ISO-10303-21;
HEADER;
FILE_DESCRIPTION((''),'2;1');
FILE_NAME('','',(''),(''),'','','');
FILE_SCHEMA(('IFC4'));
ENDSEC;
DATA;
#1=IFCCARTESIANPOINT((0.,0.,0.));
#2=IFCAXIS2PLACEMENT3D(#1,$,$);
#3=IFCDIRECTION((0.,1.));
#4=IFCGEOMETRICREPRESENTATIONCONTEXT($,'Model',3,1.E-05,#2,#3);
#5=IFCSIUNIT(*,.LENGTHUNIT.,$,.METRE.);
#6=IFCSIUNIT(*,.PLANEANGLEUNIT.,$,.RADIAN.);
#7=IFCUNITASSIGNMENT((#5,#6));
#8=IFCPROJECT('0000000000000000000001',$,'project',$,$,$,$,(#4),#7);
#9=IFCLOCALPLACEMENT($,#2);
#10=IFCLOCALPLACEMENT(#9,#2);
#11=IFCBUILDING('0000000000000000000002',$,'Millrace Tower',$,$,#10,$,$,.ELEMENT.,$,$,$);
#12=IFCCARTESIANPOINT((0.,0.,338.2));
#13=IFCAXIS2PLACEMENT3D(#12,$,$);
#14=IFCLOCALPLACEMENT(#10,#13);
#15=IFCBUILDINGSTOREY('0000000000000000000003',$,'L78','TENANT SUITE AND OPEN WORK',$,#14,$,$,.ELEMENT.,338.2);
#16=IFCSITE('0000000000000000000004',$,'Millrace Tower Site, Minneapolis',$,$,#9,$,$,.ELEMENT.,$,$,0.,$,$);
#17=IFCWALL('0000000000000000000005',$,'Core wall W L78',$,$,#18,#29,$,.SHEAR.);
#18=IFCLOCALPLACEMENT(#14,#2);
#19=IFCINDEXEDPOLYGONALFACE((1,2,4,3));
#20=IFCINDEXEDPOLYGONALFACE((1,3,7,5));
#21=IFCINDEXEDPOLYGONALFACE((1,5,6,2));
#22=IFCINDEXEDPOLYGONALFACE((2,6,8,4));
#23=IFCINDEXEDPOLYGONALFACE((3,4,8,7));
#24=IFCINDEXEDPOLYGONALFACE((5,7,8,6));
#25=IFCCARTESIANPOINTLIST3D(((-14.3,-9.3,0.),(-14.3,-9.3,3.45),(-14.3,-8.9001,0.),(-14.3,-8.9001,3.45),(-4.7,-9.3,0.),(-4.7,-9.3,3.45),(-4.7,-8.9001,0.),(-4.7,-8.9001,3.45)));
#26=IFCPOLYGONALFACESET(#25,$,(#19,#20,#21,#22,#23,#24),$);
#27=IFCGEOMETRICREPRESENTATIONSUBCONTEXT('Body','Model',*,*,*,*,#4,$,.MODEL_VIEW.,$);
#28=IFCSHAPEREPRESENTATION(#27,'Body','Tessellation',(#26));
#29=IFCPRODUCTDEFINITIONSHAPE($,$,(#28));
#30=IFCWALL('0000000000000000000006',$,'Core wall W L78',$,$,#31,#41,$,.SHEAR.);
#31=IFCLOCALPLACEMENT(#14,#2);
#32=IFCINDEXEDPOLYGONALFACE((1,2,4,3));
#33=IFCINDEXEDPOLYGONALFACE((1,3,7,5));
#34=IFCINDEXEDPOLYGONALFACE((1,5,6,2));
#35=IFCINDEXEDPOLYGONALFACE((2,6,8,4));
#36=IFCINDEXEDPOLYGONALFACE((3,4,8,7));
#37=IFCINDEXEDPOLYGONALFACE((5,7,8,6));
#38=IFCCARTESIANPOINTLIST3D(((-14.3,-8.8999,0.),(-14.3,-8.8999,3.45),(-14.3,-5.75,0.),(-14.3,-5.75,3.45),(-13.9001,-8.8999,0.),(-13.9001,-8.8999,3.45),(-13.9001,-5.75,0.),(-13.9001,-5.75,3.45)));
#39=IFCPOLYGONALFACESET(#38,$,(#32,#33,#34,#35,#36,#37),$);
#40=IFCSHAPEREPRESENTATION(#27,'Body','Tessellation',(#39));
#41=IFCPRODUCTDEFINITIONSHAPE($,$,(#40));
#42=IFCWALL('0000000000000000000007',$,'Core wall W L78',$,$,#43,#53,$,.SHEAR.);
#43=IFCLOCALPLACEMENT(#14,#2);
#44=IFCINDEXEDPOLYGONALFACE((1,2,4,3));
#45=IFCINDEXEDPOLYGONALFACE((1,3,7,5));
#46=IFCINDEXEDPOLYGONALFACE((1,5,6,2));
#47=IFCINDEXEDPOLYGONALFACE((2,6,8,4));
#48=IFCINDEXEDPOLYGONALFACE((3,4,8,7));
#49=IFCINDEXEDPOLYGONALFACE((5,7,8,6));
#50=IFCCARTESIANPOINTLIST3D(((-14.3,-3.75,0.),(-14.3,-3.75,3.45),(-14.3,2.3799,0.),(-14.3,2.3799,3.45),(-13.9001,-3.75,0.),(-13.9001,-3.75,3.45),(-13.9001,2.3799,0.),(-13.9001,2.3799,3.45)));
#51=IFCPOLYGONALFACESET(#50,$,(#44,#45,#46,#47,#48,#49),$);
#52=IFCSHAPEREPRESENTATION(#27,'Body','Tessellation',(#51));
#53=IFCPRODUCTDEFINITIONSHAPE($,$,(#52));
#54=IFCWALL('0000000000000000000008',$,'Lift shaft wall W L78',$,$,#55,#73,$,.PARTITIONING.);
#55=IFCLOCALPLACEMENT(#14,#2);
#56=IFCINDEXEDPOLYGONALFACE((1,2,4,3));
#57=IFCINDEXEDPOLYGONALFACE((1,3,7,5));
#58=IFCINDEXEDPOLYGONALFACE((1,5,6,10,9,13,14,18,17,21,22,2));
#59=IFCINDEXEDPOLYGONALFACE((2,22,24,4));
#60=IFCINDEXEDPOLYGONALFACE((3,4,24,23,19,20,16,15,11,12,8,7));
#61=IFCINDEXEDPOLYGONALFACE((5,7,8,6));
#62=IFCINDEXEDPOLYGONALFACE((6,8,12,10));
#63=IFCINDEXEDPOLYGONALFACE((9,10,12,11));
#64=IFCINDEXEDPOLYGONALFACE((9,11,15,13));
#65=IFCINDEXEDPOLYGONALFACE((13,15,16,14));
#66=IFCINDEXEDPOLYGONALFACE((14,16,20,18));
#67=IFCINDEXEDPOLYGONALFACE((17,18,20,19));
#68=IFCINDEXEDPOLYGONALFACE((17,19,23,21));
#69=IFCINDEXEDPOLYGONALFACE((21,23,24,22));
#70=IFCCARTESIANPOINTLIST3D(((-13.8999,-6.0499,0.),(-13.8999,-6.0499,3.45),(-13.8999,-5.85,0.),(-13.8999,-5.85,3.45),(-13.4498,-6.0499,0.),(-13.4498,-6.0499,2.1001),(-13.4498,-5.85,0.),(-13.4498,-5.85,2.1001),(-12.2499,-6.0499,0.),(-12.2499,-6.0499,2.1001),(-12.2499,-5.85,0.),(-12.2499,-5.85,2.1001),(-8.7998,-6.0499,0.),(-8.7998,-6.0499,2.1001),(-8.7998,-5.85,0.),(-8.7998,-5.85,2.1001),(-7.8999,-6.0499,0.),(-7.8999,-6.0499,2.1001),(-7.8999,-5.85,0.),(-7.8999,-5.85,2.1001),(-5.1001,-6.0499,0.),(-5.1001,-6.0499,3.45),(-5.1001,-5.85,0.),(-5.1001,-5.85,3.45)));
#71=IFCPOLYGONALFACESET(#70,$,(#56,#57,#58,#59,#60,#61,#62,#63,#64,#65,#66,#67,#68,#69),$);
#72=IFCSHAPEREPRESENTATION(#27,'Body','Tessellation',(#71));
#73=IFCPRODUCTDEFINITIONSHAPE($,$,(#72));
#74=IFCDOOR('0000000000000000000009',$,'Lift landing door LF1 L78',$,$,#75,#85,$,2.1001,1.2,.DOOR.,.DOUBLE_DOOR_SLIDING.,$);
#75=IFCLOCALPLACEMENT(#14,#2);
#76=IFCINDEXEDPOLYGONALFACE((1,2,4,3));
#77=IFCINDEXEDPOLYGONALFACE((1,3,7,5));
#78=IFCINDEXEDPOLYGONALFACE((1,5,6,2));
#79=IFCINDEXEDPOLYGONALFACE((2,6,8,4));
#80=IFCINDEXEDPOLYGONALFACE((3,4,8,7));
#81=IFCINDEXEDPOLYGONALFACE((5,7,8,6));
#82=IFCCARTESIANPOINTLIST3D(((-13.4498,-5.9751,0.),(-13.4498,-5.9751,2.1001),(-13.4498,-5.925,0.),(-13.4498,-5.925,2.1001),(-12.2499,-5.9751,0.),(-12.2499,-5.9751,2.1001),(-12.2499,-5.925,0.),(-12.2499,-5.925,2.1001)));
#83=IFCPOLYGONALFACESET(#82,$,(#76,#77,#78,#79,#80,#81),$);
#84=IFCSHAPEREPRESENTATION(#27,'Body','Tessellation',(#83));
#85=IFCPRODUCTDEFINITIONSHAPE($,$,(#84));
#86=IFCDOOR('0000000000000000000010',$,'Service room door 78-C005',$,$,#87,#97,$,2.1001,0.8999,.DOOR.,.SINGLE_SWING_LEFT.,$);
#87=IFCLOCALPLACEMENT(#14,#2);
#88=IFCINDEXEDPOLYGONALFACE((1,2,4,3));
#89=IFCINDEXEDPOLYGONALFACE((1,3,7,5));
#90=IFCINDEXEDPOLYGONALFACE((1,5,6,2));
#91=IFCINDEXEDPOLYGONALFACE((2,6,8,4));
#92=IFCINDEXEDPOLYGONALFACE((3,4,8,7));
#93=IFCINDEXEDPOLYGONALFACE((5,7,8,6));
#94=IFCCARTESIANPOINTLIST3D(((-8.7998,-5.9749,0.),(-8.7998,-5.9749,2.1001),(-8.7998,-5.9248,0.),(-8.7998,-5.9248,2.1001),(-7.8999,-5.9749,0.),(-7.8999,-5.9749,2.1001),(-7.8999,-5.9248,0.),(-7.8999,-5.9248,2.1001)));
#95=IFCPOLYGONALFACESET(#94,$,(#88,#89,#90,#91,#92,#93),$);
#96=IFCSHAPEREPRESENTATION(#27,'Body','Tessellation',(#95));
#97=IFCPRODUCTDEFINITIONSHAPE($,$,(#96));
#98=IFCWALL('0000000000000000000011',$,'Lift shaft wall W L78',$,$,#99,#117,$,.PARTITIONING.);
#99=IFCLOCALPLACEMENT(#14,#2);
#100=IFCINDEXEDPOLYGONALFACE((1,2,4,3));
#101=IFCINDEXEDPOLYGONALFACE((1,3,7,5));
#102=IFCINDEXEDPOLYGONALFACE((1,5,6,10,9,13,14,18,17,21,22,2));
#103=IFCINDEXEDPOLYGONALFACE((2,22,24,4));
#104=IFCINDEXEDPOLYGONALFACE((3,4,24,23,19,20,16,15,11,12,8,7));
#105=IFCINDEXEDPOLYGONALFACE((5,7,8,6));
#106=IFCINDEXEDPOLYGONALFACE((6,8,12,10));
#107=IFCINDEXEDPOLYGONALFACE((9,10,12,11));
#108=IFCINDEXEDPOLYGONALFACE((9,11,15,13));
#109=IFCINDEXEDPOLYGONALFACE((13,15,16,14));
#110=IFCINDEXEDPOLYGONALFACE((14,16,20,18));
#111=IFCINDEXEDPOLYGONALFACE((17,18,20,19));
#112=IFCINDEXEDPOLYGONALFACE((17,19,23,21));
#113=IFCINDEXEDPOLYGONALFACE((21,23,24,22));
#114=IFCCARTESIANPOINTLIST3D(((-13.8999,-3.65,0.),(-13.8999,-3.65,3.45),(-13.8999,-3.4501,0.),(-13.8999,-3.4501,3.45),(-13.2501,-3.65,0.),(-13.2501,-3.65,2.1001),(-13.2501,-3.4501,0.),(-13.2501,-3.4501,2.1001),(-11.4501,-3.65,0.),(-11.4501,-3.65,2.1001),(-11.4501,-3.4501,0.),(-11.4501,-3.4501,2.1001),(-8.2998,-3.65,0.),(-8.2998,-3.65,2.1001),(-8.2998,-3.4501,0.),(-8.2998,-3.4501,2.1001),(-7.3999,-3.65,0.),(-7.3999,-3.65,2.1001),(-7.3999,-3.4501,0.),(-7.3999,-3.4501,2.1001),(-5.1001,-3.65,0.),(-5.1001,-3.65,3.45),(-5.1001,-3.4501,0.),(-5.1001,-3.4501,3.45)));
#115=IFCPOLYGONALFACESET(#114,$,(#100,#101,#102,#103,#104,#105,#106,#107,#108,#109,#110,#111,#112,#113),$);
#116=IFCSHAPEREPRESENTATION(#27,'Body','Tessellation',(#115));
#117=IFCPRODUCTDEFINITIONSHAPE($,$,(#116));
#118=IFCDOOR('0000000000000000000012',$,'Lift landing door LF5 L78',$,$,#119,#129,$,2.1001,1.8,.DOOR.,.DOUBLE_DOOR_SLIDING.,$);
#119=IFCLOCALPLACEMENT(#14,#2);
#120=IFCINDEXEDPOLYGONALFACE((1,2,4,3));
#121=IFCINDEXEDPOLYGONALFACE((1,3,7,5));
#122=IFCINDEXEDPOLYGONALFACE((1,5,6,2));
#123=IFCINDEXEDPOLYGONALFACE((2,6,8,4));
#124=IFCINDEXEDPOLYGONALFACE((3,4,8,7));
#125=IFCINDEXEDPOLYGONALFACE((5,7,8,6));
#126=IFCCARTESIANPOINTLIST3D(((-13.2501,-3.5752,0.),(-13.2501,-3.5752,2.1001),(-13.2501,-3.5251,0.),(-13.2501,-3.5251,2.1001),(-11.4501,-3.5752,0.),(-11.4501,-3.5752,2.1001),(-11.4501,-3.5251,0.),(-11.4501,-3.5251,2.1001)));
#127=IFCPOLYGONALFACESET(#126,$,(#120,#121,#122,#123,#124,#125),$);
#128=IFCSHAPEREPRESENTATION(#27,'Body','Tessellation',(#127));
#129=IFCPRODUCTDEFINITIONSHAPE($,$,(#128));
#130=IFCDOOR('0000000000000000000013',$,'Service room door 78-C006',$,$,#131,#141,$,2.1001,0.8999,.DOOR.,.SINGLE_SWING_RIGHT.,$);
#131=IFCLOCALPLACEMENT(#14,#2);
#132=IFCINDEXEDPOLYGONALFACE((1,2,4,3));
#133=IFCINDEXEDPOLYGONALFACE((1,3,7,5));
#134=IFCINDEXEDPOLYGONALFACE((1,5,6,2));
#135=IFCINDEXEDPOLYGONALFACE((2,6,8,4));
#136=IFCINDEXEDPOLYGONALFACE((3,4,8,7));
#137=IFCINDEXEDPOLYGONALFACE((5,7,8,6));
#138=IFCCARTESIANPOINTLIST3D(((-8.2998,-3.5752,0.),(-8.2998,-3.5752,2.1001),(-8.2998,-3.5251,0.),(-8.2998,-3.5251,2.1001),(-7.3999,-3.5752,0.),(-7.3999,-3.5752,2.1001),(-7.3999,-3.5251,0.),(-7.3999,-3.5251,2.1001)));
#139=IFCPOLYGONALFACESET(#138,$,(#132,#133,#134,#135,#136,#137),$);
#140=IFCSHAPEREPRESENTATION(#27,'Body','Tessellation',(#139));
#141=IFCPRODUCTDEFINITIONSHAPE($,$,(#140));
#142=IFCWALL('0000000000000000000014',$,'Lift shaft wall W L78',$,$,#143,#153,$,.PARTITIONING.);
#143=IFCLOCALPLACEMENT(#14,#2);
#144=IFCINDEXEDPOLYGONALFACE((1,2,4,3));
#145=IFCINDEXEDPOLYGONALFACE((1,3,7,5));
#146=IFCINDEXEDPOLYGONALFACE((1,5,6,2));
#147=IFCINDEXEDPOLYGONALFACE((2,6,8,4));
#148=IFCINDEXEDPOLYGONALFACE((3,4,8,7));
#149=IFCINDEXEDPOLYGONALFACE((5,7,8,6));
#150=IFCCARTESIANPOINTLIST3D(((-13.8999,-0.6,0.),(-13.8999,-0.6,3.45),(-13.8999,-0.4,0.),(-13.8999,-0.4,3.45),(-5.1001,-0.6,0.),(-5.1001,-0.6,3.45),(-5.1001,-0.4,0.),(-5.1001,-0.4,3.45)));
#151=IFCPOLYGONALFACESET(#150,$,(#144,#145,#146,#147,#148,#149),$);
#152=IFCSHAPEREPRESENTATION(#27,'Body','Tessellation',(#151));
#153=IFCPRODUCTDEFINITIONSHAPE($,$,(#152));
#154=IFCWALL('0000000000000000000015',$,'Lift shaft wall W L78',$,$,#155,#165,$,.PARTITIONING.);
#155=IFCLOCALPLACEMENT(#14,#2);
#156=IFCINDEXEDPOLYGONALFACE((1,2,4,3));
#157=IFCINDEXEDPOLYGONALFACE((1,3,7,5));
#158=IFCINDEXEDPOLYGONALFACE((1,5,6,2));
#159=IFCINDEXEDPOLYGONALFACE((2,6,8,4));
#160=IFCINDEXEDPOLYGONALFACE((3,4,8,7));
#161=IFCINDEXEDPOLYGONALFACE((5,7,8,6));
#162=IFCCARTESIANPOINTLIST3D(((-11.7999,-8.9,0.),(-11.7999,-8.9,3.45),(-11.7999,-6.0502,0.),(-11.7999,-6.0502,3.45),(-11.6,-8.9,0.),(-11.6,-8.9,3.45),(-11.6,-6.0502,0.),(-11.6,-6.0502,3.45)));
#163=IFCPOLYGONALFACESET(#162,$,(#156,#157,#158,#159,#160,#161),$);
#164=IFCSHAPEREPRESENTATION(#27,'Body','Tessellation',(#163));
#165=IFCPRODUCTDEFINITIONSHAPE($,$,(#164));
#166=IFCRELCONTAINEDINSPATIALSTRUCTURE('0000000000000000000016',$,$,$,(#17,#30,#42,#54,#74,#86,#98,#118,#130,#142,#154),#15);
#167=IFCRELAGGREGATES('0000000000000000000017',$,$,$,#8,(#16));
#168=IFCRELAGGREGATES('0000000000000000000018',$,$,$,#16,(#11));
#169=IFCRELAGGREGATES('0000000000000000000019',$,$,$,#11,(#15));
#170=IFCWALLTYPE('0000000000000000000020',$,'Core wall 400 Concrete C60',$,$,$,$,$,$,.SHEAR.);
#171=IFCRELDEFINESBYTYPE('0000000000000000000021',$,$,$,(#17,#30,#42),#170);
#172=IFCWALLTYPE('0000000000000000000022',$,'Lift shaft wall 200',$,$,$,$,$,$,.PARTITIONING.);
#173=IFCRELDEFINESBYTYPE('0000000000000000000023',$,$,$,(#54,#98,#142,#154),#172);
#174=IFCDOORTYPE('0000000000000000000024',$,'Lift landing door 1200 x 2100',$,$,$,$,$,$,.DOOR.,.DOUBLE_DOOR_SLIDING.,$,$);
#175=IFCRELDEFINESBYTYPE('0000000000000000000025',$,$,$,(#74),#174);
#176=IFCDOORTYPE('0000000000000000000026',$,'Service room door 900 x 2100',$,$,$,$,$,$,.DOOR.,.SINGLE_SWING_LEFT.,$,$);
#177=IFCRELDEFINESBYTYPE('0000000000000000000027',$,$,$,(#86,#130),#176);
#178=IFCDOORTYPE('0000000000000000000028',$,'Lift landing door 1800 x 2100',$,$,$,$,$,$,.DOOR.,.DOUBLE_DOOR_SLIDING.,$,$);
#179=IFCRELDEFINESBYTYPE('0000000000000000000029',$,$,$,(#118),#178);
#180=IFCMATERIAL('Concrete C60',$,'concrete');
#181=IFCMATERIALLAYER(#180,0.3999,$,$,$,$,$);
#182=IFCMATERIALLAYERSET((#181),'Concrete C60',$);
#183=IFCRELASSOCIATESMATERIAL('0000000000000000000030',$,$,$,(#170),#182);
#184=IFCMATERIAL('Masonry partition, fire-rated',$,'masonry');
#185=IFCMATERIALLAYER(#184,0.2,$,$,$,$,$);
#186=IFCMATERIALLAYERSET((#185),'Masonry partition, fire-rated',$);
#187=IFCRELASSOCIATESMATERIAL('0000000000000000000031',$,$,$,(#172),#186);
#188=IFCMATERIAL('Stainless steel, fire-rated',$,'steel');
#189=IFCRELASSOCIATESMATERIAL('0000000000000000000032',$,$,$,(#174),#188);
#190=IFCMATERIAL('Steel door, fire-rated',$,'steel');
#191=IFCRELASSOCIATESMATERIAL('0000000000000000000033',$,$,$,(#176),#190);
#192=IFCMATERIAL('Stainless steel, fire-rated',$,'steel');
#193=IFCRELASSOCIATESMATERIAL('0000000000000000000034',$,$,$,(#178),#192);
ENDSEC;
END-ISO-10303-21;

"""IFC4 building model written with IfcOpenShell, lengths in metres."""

from ifc_helpers import new_model, si_unit, direction, frame, frame_2d, origin, place, context, subcontext, project, spatial, rectangle, extrude, material, layer, layer_set, type_object, element, fill, save


model = new_model("IFC4")

# Units and contexts
model_context = context("Model", 3, precision=1e-05, world=origin(), true_north=direction((0.0, 1.0)))
body_context = subcontext(model_context, "Body", "Model", "MODEL_VIEW")
ifc_project = project(units=[si_unit("LENGTHUNIT", "METRE"), si_unit("PLANEANGLEUNIT", "RADIAN")], contexts=[model_context])

# Site, building, storey
site_placement = place(None, origin())
site = spatial("IfcSite", under=ifc_project, at=site_placement, Name="Millrace Tower Site, Minneapolis", CompositionType="ELEMENT", RefElevation=0.0)
building_placement = place(site_placement, origin())
building = spatial("IfcBuilding", under=site, at=building_placement, Name="Millrace Tower", CompositionType="ELEMENT")
storey_placement = place(building_placement, frame((0.0, 0.0, 338.2)))
storey = spatial("IfcBuildingStorey", under=building, at=storey_placement, Name="L78", Description="TENANT SUITE AND OPEN WORK", CompositionType="ELEMENT", Elevation=338.2)

# Walls
ifc_material_1 = material(Name="Concrete C60", Category="concrete")
ifc_layer_1 = layer(ifc_material_1, 0.3999)
ifc_layer_set_1 = layer_set([ifc_layer_1], Name="Concrete C60")
wall_type_1 = type_object("IfcWallType", Name="Core wall 400 Concrete C60", PredefinedType="SHEAR", material=ifc_layer_set_1)
wall_1_placement = place(storey_placement, frame((-14.3, -9.1001, 0.0), z_axis=(0.0, 0.0, 1.0), x_axis=(1.0, 0.0, 0.0)))
element("IfcWall", 1, at=wall_1_placement, inside=storey, type_object=wall_type_1, Name="Core wall W L78", PredefinedType="SHEAR", context=body_context, shape_type="SweptSolid", body=[
    extrude(rectangle(XDim=9.6001, YDim=0.3999, at=frame_2d((4.8, 0.0))), origin(), (0.0, 0.0, 1.0), 3.45),
])
wall_2_placement = place(storey_placement, frame((-14.1001, -8.8999, 0.0), z_axis=(0.0, 0.0, 1.0), x_axis=(0.0, 1.0, 0.0)))
element("IfcWall", 2, at=wall_2_placement, inside=storey, type_object=wall_type_1, Name="Core wall W L78", PredefinedType="SHEAR", context=body_context, shape_type="SweptSolid", body=[
    extrude(rectangle(XDim=3.1499, YDim=0.3999, at=frame_2d((1.575, 0.0))), origin(), (0.0, 0.0, 1.0), 3.45),
])
wall_3_placement = place(storey_placement, frame((-14.1001, -3.75, 0.0), z_axis=(0.0, 0.0, 1.0), x_axis=(0.0, 1.0, 0.0)))
element("IfcWall", 3, at=wall_3_placement, inside=storey, type_object=wall_type_1, Name="Core wall W L78", PredefinedType="SHEAR", context=body_context, shape_type="SweptSolid", body=[
    extrude(rectangle(XDim=6.1299, YDim=0.3999, at=frame_2d((3.0649, 0.0))), origin(), (0.0, 0.0, 1.0), 3.45),
])

# Walls, openings, doors
ifc_material_2 = material(Name="Masonry partition, fire-rated", Category="masonry")
ifc_layer_2 = layer(ifc_material_2, 0.2)
ifc_layer_set_2 = layer_set([ifc_layer_2], Name="Masonry partition, fire-rated")
wall_type_2 = type_object("IfcWallType", Name="Lift shaft wall 200", PredefinedType="PARTITIONING", material=ifc_layer_set_2)
wall_4_placement = place(storey_placement, frame((-13.8999, -5.95, 0.0), z_axis=(0.0, 0.0, 1.0), x_axis=(1.0, 0.0, 0.0)))
wall_4 = element("IfcWall", 4, at=wall_4_placement, inside=storey, type_object=wall_type_2, Name="Lift shaft wall W L78", PredefinedType="PARTITIONING", context=body_context, shape_type="SweptSolid", body=[
    extrude(rectangle(XDim=8.7998, YDim=0.2, at=frame_2d((4.3999, 0.0))), origin(), (0.0, 0.0, 1.0), 3.45),
])
opening_1_placement = place(wall_4_placement, frame((0.45, 0.0, 0.0)))
opening_1 = element("IfcOpeningElement", 5, at=opening_1_placement, cuts=wall_4, PredefinedType="OPENING", context=body_context, shape_type="SweptSolid", body=[
    extrude(rectangle(XDim=1.2, YDim=2.1001, at=frame_2d((0.6001, 1.05))), frame((0.0, 0.1099, 0.0), z_axis=(0.0, -1.0, 0.0), x_axis=(1.0, 0.0, 0.0)), (0.0, 0.0, 1.0), 0.22),
])
opening_2_placement = place(wall_4_placement, frame((5.1001, 0.0, 0.0)))
opening_2 = element("IfcOpeningElement", 6, at=opening_2_placement, cuts=wall_4, PredefinedType="OPENING", context=body_context, shape_type="SweptSolid", body=[
    extrude(rectangle(XDim=0.8999, YDim=2.1001, at=frame_2d((0.45, 1.05))), frame((0.0, 0.1099, 0.0), z_axis=(0.0, -1.0, 0.0), x_axis=(1.0, 0.0, 0.0)), (0.0, 0.0, 1.0), 0.22),
])
ifc_material_3 = material(Name="Stainless steel, fire-rated", Category="steel")
door_type_1 = type_object("IfcDoorType", Name="Lift landing door 1200 x 2100", OperationType="DOUBLE_DOOR_SLIDING", PredefinedType="DOOR", material=ifc_material_3)
door_1_placement = place(opening_1_placement, origin())
door_1 = element("IfcDoor", 7, at=door_1_placement, inside=storey, type_object=door_type_1, Name="Lift landing door LF1 L78", OperationType="DOUBLE_DOOR_SLIDING", OverallHeight=2.1001, OverallWidth=1.2, PredefinedType="DOOR", context=body_context, shape_type="SweptSolid", body=[
    extrude(rectangle(XDim=1.2, YDim=2.1001, at=frame_2d((0.6001, 1.05))), frame((0.0, 0.0249, 0.0), z_axis=(0.0, -1.0, 0.0), x_axis=(1.0, 0.0, 0.0)), (0.0, 0.0, 1.0), 0.05),
])
fill(opening_1, door_1)
ifc_material_4 = material(Name="Steel door, fire-rated", Category="steel")
door_type_2 = type_object("IfcDoorType", Name="Service room door 900 x 2100", OperationType="SINGLE_SWING_LEFT", PredefinedType="DOOR", material=ifc_material_4)
door_2_placement = place(opening_2_placement, frame((0.8999, 0.0, 0.0), z_axis=(0.0, 0.0, 1.0), x_axis=(-1.0, 0.0, 0.0)))
door_2 = element("IfcDoor", 8, at=door_2_placement, inside=storey, type_object=door_type_2, Name="Service room door 78-C005", OperationType="SINGLE_SWING_LEFT", OverallHeight=2.1001, OverallWidth=0.8999, PredefinedType="DOOR", context=body_context, shape_type="SweptSolid", body=[
    extrude(rectangle(XDim=0.8999, YDim=2.1001, at=frame_2d((0.45, 1.05))), frame((0.0, 0.0249, 0.0), z_axis=(0.0, -1.0, 0.0), x_axis=(1.0, 0.0, 0.0)), (0.0, 0.0, 1.0), 0.05),
])
fill(opening_2, door_2)
wall_5_placement = place(storey_placement, frame((-13.8999, -3.55, 0.0), z_axis=(0.0, 0.0, 1.0), x_axis=(1.0, 0.0, 0.0)))
wall_5 = element("IfcWall", 9, at=wall_5_placement, inside=storey, type_object=wall_type_2, Name="Lift shaft wall W L78", PredefinedType="PARTITIONING", context=body_context, shape_type="SweptSolid", body=[
    extrude(rectangle(XDim=8.7998, YDim=0.2, at=frame_2d((4.3999, 0.0))), origin(), (0.0, 0.0, 1.0), 3.45),
])
opening_3_placement = place(wall_5_placement, frame((0.6499, 0.0, 0.0)))
opening_3 = element("IfcOpeningElement", 10, at=opening_3_placement, cuts=wall_5, PredefinedType="OPENING", context=body_context, shape_type="SweptSolid", body=[
    extrude(rectangle(XDim=1.8, YDim=2.1001, at=frame_2d((0.8999, 1.05))), frame((0.0, 0.1099, 0.0), z_axis=(0.0, -1.0, 0.0), x_axis=(1.0, 0.0, 0.0)), (0.0, 0.0, 1.0), 0.22),
])
opening_4_placement = place(wall_5_placement, frame((5.6001, 0.0, 0.0)))
opening_4 = element("IfcOpeningElement", 11, at=opening_4_placement, cuts=wall_5, PredefinedType="OPENING", context=body_context, shape_type="SweptSolid", body=[
    extrude(rectangle(XDim=0.8999, YDim=2.1001, at=frame_2d((0.45, 1.05))), frame((0.0, 0.1099, 0.0), z_axis=(0.0, -1.0, 0.0), x_axis=(1.0, 0.0, 0.0)), (0.0, 0.0, 1.0), 0.22),
])
ifc_material_5 = material(Name="Stainless steel, fire-rated", Category="steel")
door_type_3 = type_object("IfcDoorType", Name="Lift landing door 1800 x 2100", OperationType="DOUBLE_DOOR_SLIDING", PredefinedType="DOOR", material=ifc_material_5)
door_3_placement = place(opening_3_placement, origin())
door_3 = element("IfcDoor", 12, at=door_3_placement, inside=storey, type_object=door_type_3, Name="Lift landing door LF5 L78", OperationType="DOUBLE_DOOR_SLIDING", OverallHeight=2.1001, OverallWidth=1.8, PredefinedType="DOOR", context=body_context, shape_type="SweptSolid", body=[
    extrude(rectangle(XDim=1.8, YDim=2.1001, at=frame_2d((0.8999, 1.05))), frame((0.0, 0.0249, 0.0), z_axis=(0.0, -1.0, 0.0), x_axis=(1.0, 0.0, 0.0)), (0.0, 0.0, 1.0), 0.05),
])
fill(opening_3, door_3)
door_4_placement = place(opening_4_placement, origin())
door_4 = element("IfcDoor", 13, at=door_4_placement, inside=storey, type_object=door_type_2, Name="Service room door 78-C006", OperationType="SINGLE_SWING_RIGHT", OverallHeight=2.1001, OverallWidth=0.8999, PredefinedType="DOOR", context=body_context, shape_type="SweptSolid", body=[
    extrude(rectangle(XDim=0.8999, YDim=2.1001, at=frame_2d((0.45, 1.05))), frame((0.0, 0.0249, 0.0), z_axis=(0.0, -1.0, 0.0), x_axis=(1.0, 0.0, 0.0)), (0.0, 0.0, 1.0), 0.05),
])
fill(opening_4, door_4)

# Walls
wall_6_placement = place(storey_placement, frame((-13.8999, -0.5, 0.0), z_axis=(0.0, 0.0, 1.0), x_axis=(1.0, 0.0, 0.0)))
element("IfcWall", 14, at=wall_6_placement, inside=storey, type_object=wall_type_2, Name="Lift shaft wall W L78", PredefinedType="PARTITIONING", context=body_context, shape_type="SweptSolid", body=[
    extrude(rectangle(XDim=8.7998, YDim=0.2, at=frame_2d((4.3999, 0.0))), origin(), (0.0, 0.0, 1.0), 3.45),
])
wall_7_placement = place(storey_placement, frame((-11.7, -8.8999, 0.0), z_axis=(0.0, 0.0, 1.0), x_axis=(0.0, 1.0, 0.0)))
element("IfcWall", 15, at=wall_7_placement, inside=storey, type_object=wall_type_2, Name="Lift shaft wall W L78", PredefinedType="PARTITIONING", context=body_context, shape_type="SweptSolid", body=[
    extrude(rectangle(XDim=2.8499, YDim=0.2, at=frame_2d((1.4248, 0.0))), origin(), (0.0, 0.0, 1.0), 3.45),
])

save(model, "model.ifc")
